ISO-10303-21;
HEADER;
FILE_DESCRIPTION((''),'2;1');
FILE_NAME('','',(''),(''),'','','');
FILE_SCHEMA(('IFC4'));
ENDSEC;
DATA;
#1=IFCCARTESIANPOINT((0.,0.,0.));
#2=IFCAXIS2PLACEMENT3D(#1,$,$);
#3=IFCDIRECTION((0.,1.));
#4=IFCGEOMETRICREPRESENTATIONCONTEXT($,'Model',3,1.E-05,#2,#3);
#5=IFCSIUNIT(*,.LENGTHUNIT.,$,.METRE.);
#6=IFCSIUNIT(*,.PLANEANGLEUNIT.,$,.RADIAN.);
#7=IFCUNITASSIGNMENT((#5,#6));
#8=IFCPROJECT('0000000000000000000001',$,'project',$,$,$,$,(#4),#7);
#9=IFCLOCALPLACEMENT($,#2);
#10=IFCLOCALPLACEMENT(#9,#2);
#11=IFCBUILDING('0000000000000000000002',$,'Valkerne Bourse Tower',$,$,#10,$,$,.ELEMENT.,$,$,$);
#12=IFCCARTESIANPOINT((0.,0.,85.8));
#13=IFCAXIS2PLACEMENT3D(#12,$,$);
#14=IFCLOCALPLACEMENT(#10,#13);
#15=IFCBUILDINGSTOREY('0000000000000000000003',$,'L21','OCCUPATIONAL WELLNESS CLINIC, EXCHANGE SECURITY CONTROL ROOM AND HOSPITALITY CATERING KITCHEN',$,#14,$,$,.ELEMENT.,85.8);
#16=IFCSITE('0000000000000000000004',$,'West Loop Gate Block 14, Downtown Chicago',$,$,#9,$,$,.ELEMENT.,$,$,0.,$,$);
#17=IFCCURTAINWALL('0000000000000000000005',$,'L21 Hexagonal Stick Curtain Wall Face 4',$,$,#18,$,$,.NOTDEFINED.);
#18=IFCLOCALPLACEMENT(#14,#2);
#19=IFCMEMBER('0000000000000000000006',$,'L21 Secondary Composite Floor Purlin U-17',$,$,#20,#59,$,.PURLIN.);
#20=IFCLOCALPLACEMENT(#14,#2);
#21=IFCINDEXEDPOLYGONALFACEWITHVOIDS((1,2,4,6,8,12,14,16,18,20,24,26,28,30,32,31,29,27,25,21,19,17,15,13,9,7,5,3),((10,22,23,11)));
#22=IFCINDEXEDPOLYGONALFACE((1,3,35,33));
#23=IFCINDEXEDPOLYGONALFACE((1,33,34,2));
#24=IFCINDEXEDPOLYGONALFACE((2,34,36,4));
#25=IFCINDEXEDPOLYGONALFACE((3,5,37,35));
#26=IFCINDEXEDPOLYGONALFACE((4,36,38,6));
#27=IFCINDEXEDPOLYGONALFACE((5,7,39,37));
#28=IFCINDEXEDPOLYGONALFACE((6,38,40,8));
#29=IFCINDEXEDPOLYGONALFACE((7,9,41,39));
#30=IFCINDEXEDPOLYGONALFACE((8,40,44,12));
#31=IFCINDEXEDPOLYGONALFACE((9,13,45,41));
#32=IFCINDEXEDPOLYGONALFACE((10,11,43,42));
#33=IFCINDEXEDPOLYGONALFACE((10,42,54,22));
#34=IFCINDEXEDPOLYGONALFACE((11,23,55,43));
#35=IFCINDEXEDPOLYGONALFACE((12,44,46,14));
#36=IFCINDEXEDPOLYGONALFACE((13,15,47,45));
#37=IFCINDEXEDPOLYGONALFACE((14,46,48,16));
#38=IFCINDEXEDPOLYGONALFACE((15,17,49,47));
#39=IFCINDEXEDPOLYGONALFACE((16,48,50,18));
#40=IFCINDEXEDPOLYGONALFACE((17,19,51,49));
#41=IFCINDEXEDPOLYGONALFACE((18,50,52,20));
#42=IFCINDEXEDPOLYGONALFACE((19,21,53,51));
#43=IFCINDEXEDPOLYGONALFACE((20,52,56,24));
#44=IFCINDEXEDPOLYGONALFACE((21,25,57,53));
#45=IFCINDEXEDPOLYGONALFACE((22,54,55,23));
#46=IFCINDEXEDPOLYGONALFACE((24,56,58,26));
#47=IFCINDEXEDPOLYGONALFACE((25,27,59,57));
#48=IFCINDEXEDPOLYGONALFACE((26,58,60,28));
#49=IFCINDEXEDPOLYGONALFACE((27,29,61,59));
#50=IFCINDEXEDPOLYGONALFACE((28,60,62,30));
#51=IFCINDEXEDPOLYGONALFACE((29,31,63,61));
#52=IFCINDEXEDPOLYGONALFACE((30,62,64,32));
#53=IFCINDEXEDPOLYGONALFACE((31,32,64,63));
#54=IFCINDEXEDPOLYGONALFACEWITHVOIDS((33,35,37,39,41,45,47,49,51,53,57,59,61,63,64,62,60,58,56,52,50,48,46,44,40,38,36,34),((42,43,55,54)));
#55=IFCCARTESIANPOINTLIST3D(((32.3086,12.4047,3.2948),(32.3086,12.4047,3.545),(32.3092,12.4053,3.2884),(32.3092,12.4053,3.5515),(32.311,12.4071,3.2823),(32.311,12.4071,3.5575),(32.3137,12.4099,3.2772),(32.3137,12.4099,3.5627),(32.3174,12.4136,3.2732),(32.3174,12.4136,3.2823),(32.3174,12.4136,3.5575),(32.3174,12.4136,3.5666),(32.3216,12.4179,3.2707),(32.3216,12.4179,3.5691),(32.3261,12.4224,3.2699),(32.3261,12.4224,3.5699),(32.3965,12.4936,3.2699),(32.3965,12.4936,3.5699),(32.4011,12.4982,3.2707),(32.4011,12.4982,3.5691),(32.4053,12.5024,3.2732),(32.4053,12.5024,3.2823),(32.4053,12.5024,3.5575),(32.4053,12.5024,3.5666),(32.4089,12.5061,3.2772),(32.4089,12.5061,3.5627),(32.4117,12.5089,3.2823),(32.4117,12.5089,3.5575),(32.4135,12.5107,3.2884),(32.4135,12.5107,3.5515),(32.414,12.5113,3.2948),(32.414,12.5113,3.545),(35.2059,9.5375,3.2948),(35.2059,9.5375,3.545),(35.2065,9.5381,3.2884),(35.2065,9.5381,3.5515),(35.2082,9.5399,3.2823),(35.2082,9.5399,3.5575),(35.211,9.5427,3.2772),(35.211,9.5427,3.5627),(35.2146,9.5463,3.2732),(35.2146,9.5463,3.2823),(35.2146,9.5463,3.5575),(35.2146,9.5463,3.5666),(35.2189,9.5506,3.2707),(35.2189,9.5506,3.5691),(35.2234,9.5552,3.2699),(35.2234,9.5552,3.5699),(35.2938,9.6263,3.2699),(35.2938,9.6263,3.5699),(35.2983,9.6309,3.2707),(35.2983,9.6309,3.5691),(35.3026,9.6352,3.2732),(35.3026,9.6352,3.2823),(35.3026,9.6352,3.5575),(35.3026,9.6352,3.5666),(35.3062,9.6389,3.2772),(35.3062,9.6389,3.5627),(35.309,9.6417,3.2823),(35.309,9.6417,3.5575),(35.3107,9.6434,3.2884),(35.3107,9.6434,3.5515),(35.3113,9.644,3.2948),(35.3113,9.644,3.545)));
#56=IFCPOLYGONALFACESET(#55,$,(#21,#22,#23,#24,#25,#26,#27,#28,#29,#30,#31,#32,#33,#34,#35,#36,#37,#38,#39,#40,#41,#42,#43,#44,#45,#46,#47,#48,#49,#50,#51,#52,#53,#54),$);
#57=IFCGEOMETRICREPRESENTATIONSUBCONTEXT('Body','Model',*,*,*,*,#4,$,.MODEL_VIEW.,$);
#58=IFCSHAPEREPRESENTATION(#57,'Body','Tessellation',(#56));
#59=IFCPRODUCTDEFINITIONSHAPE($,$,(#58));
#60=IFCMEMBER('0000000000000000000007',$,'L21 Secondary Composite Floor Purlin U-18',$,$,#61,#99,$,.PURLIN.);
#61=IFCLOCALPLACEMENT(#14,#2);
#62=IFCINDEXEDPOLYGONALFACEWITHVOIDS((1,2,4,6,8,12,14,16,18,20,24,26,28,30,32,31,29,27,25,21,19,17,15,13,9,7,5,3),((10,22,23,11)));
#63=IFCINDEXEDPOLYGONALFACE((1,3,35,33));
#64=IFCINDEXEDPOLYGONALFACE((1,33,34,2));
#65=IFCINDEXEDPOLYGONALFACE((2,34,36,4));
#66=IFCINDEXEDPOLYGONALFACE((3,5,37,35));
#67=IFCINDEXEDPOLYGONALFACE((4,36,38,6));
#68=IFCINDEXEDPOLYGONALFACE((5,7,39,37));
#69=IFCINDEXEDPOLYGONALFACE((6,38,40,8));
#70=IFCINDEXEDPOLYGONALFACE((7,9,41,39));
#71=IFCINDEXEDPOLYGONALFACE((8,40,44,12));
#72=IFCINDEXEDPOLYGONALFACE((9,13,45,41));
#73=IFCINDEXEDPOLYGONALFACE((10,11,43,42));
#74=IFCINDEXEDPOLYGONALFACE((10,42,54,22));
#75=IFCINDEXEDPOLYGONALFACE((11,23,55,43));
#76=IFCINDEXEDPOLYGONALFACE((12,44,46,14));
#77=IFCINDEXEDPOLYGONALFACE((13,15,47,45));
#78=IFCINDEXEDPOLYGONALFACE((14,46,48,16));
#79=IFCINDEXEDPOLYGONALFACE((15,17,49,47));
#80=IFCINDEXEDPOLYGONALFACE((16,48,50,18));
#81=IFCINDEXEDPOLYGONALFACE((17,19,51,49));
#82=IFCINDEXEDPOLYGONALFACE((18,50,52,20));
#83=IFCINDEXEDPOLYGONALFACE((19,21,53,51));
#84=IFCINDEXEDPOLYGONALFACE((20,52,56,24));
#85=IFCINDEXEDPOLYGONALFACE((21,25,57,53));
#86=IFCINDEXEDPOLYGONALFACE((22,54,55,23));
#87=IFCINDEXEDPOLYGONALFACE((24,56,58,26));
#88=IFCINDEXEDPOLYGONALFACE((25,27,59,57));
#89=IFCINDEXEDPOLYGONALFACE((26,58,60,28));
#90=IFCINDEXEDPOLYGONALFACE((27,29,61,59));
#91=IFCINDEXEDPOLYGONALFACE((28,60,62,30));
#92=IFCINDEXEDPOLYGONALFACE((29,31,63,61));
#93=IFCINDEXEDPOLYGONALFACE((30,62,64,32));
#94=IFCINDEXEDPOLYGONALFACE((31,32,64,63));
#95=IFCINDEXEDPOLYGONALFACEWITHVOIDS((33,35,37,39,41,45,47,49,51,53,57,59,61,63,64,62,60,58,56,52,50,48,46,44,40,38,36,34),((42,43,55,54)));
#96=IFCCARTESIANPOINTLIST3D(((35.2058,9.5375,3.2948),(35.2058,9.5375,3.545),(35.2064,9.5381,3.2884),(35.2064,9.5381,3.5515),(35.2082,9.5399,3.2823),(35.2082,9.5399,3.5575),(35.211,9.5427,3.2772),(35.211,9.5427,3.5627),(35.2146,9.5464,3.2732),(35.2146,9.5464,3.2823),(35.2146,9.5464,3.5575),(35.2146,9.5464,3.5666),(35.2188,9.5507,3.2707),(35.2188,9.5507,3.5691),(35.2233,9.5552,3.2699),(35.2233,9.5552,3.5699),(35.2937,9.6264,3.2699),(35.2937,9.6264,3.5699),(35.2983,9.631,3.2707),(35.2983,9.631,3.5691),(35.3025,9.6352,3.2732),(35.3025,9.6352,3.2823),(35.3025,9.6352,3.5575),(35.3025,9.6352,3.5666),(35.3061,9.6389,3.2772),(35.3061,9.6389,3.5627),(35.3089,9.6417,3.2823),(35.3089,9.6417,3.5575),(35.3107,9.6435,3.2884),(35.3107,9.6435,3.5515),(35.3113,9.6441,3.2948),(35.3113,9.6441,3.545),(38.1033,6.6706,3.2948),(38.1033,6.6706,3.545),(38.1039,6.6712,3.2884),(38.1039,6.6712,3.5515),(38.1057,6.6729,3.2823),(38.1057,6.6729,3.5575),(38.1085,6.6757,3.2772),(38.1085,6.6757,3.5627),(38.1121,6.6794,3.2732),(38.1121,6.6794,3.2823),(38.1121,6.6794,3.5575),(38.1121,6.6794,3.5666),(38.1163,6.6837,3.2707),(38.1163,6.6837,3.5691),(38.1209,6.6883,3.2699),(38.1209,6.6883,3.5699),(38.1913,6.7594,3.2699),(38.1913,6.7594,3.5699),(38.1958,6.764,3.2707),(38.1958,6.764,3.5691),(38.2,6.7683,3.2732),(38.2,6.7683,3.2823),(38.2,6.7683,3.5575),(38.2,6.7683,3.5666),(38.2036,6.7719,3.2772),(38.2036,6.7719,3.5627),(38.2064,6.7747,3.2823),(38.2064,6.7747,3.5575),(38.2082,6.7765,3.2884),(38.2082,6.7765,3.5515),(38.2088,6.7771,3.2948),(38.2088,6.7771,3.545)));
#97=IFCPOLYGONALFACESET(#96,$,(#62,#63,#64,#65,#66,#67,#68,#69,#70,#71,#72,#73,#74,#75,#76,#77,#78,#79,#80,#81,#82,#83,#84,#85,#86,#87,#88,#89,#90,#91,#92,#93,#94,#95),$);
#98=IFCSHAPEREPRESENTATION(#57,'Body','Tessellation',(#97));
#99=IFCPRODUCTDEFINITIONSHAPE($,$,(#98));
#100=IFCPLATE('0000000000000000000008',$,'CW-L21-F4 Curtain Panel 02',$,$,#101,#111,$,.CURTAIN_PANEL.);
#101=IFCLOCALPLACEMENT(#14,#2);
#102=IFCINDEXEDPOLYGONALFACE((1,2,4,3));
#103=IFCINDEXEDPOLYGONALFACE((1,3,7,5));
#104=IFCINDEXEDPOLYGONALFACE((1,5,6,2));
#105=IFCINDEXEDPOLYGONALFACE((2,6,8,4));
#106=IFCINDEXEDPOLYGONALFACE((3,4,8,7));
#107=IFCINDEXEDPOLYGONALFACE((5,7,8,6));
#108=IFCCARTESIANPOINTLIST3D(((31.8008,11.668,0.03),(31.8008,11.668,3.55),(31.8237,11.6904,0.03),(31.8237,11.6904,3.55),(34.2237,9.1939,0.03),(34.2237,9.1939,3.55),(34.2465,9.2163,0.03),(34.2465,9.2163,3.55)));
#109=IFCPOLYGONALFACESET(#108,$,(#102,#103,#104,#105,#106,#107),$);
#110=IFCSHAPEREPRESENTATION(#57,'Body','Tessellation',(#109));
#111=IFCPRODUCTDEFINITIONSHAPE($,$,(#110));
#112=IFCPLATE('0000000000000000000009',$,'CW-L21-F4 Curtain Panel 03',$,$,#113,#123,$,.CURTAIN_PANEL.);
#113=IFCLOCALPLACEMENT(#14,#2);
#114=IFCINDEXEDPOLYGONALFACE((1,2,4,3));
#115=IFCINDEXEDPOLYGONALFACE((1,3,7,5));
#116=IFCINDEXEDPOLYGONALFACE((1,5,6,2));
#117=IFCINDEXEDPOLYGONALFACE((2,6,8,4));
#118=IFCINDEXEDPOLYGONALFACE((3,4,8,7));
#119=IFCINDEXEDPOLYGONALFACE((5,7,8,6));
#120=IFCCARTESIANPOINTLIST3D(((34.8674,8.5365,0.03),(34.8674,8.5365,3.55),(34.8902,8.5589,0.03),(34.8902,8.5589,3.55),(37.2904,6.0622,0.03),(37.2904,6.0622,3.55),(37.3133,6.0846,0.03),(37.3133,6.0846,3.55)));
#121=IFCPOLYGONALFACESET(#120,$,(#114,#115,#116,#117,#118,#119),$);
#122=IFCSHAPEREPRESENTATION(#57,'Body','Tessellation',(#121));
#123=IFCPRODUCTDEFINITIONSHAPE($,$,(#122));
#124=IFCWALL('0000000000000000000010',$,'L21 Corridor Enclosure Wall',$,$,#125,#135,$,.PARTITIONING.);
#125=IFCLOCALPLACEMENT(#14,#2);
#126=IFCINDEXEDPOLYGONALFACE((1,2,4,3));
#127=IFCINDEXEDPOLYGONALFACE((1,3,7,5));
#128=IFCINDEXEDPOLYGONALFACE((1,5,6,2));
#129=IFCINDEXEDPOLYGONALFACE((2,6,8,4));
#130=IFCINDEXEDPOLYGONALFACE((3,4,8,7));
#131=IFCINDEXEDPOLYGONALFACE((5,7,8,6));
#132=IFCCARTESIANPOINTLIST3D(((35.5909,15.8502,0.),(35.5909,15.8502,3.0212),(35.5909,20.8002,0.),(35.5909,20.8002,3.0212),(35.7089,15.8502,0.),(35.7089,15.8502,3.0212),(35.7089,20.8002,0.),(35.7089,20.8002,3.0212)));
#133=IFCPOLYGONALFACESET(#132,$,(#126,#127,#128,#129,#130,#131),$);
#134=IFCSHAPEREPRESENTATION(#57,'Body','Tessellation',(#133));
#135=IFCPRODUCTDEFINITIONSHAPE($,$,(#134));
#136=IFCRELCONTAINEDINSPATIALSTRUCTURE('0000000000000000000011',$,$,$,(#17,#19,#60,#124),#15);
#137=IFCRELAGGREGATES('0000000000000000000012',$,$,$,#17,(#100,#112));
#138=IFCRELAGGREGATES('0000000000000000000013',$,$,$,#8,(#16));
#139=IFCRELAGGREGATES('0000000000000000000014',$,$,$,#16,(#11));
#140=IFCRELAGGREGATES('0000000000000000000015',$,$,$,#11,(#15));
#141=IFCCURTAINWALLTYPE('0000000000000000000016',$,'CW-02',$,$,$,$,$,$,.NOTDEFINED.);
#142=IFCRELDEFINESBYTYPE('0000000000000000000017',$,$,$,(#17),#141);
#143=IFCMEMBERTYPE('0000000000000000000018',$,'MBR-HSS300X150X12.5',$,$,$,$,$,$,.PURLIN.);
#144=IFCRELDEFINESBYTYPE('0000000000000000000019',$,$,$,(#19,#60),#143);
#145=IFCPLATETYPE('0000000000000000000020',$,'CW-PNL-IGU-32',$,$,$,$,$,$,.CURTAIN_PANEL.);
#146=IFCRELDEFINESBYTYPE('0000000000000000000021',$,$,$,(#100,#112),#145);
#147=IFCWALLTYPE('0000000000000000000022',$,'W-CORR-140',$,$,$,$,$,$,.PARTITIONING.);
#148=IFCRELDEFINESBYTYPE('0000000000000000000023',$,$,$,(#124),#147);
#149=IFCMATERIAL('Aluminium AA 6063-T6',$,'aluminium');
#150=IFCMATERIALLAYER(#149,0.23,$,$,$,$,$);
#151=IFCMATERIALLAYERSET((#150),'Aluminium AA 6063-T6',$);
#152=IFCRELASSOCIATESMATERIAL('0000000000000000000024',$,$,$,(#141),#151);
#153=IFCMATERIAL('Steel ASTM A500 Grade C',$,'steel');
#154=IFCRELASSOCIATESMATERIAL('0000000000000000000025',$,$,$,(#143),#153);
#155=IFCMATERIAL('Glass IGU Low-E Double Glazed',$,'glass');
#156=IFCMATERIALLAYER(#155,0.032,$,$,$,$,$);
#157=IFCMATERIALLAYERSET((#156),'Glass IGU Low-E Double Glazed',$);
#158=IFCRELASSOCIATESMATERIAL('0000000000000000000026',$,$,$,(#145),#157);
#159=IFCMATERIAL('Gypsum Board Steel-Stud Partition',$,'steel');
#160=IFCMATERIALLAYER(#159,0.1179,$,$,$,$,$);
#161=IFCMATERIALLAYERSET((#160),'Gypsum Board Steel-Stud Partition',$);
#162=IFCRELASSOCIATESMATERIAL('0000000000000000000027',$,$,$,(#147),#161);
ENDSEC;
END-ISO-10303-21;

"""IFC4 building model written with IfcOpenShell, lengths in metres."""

from ifc_helpers import new_model, si_unit, direction, frame, frame_2d, origin, origin_2d, place, context, subcontext, project, spatial, rectangle, hollow_rectangle, extrude, material, layer, layer_set, material_profile, profile_set, type_object, element, aggregate, save


model = new_model("IFC4")

# Units and contexts
model_context = context("Model", 3, precision=1e-05, world=origin(), true_north=direction((0.0, 1.0)))
body_context = subcontext(model_context, "Body", "Model", "MODEL_VIEW")
ifc_project = project(units=[si_unit("LENGTHUNIT", "METRE"), si_unit("PLANEANGLEUNIT", "RADIAN")], contexts=[model_context])

# Site, building, storey
site_placement = place(None, origin())
site = spatial("IfcSite", under=ifc_project, at=site_placement, Name="West Loop Gate Block 14, Downtown Chicago", CompositionType="ELEMENT", RefElevation=0.0)
building_placement = place(site_placement, origin())
building = spatial("IfcBuilding", under=site, at=building_placement, Name="Valkerne Bourse Tower", CompositionType="ELEMENT")
storey_placement = place(building_placement, frame((0.0, 0.0, 85.8)))
storey = spatial("IfcBuildingStorey", under=building, at=storey_placement, Name="L21", Description="OCCUPATIONAL WELLNESS CLINIC, EXCHANGE SECURITY CONTROL ROOM AND HOSPITALITY CATERING KITCHEN", CompositionType="ELEMENT", Elevation=85.8)

# Curtain wall
ifc_material_1 = material(Name="Aluminium AA 6063-T6", Category="aluminium")
ifc_layer_1 = layer(ifc_material_1, 0.23)
ifc_layer_set_1 = layer_set([ifc_layer_1], Name="Aluminium AA 6063-T6")
curtain_wall_type = type_object("IfcCurtainWallType", Name="CW-02", PredefinedType="NOTDEFINED", material=ifc_layer_set_1)
curtain_wall_placement = place(storey_placement, origin())
curtain_wall = element("IfcCurtainWall", 1, at=curtain_wall_placement, inside=storey, type_object=curtain_wall_type, Name="L21 Hexagonal Stick Curtain Wall Face 4", PredefinedType="NOTDEFINED")

# Members
ifc_material_2 = material(Name="Steel ASTM A500 Grade C", Category="steel")
ifc_material_profile_1 = material_profile(ifc_material_2, hollow_rectangle(XDim=0.1499, YDim=0.3, WallThickness=0.0125, OuterFilletRadius=0.0249, at=origin_2d()), Name="HSS300X150X12.5")
ifc_profile_set_1 = profile_set([ifc_material_profile_1], Name="Steel ASTM A500 Grade C")
member_type_1 = type_object("IfcMemberType", Name="MBR-HSS300X150X12.5", PredefinedType="PURLIN", material=ifc_profile_set_1)
for number, where, z_axis, x_axis, name in (
    (2, (32.3613, 12.458, 3.4199), (0.710781, -0.703414, 0.0), (0.703414, 0.710781, 0.0), "L21 Secondary Composite Floor Purlin U-17"),
    (3, (35.2585, 9.5908, 3.4199), (0.71084, -0.703353, 0.0), (0.703353, 0.71084, 0.0), "L21 Secondary Composite Floor Purlin U-18"),
):
    element("IfcMember", number, at=place(storey_placement, frame(where, z_axis=z_axis, x_axis=x_axis)), inside=storey, type_object=member_type_1, Name=name, PredefinedType="PURLIN", context=body_context, shape_type="SweptSolid", body=[
        extrude(hollow_rectangle(XDim=0.1499, YDim=0.3, WallThickness=0.0125, OuterFilletRadius=0.0249, at=origin_2d()), origin(), (0.0, 0.0, 1.0), 4.0762),
    ])

# Plates
ifc_material_3 = material(Name="Glass IGU Low-E Double Glazed", Category="glass")
ifc_layer_2 = layer(ifc_material_3, 0.032)
ifc_layer_set_2 = layer_set([ifc_layer_2], Name="Glass IGU Low-E Double Glazed")
plate_type = type_object("IfcPlateType", Name="CW-PNL-IGU-32", PredefinedType="CURTAIN_PANEL", material=ifc_layer_set_2)
plate_1_placement = place(storey_placement, frame((33.0237, 10.4421, 0.03), z_axis=(0.0, 0.0, 1.0), x_axis=(0.699664, -0.714472, 0.0)))
plate_1 = element("IfcPlate", 4, at=plate_1_placement, type_object=plate_type, Name="CW-L21-F4 Curtain Panel 02", PredefinedType="CURTAIN_PANEL", context=body_context, shape_type="SweptSolid", body=[
    extrude(rectangle(XDim=3.4629, YDim=0.032, at=origin_2d()), origin(), (0.0, 0.0, 1.0), 3.52),
])
plate_2_placement = place(storey_placement, frame((36.0903, 7.3105, 0.03), z_axis=(0.0, 0.0, 1.0), x_axis=(0.699665, -0.714471, 0.0)))
plate_2 = element("IfcPlate", 5, at=plate_2_placement, type_object=plate_type, Name="CW-L21-F4 Curtain Panel 03", PredefinedType="CURTAIN_PANEL", context=body_context, shape_type="SweptSolid", body=[
    extrude(rectangle(XDim=3.4631, YDim=0.032, at=origin_2d()), origin(), (0.0, 0.0, 1.0), 3.52),
])
aggregate(curtain_wall, [plate_1, plate_2])

# Wall
ifc_material_4 = material(Name="Gypsum Board Steel-Stud Partition", Category="steel")
ifc_layer_3 = layer(ifc_material_4, 0.1179)
ifc_layer_set_3 = layer_set([ifc_layer_3], Name="Gypsum Board Steel-Stud Partition")
wall_type_1 = type_object("IfcWallType", Name="W-CORR-140", PredefinedType="PARTITIONING", material=ifc_layer_set_3)
wall_1_placement = place(storey_placement, frame((35.6499, 15.8501, 0.0), z_axis=(0.0, 0.0, 1.0), x_axis=(0.0, 1.0, 0.0)))
element("IfcWall", 6, at=wall_1_placement, inside=storey, type_object=wall_type_1, Name="L21 Corridor Enclosure Wall", PredefinedType="PARTITIONING", context=body_context, shape_type="SweptSolid", body=[
    extrude(rectangle(XDim=4.95, YDim=0.1179, at=frame_2d((2.4751, 0.0))), origin(), (0.0, 0.0, 1.0), 3.0212),
])

save(model, "model.ifc")
